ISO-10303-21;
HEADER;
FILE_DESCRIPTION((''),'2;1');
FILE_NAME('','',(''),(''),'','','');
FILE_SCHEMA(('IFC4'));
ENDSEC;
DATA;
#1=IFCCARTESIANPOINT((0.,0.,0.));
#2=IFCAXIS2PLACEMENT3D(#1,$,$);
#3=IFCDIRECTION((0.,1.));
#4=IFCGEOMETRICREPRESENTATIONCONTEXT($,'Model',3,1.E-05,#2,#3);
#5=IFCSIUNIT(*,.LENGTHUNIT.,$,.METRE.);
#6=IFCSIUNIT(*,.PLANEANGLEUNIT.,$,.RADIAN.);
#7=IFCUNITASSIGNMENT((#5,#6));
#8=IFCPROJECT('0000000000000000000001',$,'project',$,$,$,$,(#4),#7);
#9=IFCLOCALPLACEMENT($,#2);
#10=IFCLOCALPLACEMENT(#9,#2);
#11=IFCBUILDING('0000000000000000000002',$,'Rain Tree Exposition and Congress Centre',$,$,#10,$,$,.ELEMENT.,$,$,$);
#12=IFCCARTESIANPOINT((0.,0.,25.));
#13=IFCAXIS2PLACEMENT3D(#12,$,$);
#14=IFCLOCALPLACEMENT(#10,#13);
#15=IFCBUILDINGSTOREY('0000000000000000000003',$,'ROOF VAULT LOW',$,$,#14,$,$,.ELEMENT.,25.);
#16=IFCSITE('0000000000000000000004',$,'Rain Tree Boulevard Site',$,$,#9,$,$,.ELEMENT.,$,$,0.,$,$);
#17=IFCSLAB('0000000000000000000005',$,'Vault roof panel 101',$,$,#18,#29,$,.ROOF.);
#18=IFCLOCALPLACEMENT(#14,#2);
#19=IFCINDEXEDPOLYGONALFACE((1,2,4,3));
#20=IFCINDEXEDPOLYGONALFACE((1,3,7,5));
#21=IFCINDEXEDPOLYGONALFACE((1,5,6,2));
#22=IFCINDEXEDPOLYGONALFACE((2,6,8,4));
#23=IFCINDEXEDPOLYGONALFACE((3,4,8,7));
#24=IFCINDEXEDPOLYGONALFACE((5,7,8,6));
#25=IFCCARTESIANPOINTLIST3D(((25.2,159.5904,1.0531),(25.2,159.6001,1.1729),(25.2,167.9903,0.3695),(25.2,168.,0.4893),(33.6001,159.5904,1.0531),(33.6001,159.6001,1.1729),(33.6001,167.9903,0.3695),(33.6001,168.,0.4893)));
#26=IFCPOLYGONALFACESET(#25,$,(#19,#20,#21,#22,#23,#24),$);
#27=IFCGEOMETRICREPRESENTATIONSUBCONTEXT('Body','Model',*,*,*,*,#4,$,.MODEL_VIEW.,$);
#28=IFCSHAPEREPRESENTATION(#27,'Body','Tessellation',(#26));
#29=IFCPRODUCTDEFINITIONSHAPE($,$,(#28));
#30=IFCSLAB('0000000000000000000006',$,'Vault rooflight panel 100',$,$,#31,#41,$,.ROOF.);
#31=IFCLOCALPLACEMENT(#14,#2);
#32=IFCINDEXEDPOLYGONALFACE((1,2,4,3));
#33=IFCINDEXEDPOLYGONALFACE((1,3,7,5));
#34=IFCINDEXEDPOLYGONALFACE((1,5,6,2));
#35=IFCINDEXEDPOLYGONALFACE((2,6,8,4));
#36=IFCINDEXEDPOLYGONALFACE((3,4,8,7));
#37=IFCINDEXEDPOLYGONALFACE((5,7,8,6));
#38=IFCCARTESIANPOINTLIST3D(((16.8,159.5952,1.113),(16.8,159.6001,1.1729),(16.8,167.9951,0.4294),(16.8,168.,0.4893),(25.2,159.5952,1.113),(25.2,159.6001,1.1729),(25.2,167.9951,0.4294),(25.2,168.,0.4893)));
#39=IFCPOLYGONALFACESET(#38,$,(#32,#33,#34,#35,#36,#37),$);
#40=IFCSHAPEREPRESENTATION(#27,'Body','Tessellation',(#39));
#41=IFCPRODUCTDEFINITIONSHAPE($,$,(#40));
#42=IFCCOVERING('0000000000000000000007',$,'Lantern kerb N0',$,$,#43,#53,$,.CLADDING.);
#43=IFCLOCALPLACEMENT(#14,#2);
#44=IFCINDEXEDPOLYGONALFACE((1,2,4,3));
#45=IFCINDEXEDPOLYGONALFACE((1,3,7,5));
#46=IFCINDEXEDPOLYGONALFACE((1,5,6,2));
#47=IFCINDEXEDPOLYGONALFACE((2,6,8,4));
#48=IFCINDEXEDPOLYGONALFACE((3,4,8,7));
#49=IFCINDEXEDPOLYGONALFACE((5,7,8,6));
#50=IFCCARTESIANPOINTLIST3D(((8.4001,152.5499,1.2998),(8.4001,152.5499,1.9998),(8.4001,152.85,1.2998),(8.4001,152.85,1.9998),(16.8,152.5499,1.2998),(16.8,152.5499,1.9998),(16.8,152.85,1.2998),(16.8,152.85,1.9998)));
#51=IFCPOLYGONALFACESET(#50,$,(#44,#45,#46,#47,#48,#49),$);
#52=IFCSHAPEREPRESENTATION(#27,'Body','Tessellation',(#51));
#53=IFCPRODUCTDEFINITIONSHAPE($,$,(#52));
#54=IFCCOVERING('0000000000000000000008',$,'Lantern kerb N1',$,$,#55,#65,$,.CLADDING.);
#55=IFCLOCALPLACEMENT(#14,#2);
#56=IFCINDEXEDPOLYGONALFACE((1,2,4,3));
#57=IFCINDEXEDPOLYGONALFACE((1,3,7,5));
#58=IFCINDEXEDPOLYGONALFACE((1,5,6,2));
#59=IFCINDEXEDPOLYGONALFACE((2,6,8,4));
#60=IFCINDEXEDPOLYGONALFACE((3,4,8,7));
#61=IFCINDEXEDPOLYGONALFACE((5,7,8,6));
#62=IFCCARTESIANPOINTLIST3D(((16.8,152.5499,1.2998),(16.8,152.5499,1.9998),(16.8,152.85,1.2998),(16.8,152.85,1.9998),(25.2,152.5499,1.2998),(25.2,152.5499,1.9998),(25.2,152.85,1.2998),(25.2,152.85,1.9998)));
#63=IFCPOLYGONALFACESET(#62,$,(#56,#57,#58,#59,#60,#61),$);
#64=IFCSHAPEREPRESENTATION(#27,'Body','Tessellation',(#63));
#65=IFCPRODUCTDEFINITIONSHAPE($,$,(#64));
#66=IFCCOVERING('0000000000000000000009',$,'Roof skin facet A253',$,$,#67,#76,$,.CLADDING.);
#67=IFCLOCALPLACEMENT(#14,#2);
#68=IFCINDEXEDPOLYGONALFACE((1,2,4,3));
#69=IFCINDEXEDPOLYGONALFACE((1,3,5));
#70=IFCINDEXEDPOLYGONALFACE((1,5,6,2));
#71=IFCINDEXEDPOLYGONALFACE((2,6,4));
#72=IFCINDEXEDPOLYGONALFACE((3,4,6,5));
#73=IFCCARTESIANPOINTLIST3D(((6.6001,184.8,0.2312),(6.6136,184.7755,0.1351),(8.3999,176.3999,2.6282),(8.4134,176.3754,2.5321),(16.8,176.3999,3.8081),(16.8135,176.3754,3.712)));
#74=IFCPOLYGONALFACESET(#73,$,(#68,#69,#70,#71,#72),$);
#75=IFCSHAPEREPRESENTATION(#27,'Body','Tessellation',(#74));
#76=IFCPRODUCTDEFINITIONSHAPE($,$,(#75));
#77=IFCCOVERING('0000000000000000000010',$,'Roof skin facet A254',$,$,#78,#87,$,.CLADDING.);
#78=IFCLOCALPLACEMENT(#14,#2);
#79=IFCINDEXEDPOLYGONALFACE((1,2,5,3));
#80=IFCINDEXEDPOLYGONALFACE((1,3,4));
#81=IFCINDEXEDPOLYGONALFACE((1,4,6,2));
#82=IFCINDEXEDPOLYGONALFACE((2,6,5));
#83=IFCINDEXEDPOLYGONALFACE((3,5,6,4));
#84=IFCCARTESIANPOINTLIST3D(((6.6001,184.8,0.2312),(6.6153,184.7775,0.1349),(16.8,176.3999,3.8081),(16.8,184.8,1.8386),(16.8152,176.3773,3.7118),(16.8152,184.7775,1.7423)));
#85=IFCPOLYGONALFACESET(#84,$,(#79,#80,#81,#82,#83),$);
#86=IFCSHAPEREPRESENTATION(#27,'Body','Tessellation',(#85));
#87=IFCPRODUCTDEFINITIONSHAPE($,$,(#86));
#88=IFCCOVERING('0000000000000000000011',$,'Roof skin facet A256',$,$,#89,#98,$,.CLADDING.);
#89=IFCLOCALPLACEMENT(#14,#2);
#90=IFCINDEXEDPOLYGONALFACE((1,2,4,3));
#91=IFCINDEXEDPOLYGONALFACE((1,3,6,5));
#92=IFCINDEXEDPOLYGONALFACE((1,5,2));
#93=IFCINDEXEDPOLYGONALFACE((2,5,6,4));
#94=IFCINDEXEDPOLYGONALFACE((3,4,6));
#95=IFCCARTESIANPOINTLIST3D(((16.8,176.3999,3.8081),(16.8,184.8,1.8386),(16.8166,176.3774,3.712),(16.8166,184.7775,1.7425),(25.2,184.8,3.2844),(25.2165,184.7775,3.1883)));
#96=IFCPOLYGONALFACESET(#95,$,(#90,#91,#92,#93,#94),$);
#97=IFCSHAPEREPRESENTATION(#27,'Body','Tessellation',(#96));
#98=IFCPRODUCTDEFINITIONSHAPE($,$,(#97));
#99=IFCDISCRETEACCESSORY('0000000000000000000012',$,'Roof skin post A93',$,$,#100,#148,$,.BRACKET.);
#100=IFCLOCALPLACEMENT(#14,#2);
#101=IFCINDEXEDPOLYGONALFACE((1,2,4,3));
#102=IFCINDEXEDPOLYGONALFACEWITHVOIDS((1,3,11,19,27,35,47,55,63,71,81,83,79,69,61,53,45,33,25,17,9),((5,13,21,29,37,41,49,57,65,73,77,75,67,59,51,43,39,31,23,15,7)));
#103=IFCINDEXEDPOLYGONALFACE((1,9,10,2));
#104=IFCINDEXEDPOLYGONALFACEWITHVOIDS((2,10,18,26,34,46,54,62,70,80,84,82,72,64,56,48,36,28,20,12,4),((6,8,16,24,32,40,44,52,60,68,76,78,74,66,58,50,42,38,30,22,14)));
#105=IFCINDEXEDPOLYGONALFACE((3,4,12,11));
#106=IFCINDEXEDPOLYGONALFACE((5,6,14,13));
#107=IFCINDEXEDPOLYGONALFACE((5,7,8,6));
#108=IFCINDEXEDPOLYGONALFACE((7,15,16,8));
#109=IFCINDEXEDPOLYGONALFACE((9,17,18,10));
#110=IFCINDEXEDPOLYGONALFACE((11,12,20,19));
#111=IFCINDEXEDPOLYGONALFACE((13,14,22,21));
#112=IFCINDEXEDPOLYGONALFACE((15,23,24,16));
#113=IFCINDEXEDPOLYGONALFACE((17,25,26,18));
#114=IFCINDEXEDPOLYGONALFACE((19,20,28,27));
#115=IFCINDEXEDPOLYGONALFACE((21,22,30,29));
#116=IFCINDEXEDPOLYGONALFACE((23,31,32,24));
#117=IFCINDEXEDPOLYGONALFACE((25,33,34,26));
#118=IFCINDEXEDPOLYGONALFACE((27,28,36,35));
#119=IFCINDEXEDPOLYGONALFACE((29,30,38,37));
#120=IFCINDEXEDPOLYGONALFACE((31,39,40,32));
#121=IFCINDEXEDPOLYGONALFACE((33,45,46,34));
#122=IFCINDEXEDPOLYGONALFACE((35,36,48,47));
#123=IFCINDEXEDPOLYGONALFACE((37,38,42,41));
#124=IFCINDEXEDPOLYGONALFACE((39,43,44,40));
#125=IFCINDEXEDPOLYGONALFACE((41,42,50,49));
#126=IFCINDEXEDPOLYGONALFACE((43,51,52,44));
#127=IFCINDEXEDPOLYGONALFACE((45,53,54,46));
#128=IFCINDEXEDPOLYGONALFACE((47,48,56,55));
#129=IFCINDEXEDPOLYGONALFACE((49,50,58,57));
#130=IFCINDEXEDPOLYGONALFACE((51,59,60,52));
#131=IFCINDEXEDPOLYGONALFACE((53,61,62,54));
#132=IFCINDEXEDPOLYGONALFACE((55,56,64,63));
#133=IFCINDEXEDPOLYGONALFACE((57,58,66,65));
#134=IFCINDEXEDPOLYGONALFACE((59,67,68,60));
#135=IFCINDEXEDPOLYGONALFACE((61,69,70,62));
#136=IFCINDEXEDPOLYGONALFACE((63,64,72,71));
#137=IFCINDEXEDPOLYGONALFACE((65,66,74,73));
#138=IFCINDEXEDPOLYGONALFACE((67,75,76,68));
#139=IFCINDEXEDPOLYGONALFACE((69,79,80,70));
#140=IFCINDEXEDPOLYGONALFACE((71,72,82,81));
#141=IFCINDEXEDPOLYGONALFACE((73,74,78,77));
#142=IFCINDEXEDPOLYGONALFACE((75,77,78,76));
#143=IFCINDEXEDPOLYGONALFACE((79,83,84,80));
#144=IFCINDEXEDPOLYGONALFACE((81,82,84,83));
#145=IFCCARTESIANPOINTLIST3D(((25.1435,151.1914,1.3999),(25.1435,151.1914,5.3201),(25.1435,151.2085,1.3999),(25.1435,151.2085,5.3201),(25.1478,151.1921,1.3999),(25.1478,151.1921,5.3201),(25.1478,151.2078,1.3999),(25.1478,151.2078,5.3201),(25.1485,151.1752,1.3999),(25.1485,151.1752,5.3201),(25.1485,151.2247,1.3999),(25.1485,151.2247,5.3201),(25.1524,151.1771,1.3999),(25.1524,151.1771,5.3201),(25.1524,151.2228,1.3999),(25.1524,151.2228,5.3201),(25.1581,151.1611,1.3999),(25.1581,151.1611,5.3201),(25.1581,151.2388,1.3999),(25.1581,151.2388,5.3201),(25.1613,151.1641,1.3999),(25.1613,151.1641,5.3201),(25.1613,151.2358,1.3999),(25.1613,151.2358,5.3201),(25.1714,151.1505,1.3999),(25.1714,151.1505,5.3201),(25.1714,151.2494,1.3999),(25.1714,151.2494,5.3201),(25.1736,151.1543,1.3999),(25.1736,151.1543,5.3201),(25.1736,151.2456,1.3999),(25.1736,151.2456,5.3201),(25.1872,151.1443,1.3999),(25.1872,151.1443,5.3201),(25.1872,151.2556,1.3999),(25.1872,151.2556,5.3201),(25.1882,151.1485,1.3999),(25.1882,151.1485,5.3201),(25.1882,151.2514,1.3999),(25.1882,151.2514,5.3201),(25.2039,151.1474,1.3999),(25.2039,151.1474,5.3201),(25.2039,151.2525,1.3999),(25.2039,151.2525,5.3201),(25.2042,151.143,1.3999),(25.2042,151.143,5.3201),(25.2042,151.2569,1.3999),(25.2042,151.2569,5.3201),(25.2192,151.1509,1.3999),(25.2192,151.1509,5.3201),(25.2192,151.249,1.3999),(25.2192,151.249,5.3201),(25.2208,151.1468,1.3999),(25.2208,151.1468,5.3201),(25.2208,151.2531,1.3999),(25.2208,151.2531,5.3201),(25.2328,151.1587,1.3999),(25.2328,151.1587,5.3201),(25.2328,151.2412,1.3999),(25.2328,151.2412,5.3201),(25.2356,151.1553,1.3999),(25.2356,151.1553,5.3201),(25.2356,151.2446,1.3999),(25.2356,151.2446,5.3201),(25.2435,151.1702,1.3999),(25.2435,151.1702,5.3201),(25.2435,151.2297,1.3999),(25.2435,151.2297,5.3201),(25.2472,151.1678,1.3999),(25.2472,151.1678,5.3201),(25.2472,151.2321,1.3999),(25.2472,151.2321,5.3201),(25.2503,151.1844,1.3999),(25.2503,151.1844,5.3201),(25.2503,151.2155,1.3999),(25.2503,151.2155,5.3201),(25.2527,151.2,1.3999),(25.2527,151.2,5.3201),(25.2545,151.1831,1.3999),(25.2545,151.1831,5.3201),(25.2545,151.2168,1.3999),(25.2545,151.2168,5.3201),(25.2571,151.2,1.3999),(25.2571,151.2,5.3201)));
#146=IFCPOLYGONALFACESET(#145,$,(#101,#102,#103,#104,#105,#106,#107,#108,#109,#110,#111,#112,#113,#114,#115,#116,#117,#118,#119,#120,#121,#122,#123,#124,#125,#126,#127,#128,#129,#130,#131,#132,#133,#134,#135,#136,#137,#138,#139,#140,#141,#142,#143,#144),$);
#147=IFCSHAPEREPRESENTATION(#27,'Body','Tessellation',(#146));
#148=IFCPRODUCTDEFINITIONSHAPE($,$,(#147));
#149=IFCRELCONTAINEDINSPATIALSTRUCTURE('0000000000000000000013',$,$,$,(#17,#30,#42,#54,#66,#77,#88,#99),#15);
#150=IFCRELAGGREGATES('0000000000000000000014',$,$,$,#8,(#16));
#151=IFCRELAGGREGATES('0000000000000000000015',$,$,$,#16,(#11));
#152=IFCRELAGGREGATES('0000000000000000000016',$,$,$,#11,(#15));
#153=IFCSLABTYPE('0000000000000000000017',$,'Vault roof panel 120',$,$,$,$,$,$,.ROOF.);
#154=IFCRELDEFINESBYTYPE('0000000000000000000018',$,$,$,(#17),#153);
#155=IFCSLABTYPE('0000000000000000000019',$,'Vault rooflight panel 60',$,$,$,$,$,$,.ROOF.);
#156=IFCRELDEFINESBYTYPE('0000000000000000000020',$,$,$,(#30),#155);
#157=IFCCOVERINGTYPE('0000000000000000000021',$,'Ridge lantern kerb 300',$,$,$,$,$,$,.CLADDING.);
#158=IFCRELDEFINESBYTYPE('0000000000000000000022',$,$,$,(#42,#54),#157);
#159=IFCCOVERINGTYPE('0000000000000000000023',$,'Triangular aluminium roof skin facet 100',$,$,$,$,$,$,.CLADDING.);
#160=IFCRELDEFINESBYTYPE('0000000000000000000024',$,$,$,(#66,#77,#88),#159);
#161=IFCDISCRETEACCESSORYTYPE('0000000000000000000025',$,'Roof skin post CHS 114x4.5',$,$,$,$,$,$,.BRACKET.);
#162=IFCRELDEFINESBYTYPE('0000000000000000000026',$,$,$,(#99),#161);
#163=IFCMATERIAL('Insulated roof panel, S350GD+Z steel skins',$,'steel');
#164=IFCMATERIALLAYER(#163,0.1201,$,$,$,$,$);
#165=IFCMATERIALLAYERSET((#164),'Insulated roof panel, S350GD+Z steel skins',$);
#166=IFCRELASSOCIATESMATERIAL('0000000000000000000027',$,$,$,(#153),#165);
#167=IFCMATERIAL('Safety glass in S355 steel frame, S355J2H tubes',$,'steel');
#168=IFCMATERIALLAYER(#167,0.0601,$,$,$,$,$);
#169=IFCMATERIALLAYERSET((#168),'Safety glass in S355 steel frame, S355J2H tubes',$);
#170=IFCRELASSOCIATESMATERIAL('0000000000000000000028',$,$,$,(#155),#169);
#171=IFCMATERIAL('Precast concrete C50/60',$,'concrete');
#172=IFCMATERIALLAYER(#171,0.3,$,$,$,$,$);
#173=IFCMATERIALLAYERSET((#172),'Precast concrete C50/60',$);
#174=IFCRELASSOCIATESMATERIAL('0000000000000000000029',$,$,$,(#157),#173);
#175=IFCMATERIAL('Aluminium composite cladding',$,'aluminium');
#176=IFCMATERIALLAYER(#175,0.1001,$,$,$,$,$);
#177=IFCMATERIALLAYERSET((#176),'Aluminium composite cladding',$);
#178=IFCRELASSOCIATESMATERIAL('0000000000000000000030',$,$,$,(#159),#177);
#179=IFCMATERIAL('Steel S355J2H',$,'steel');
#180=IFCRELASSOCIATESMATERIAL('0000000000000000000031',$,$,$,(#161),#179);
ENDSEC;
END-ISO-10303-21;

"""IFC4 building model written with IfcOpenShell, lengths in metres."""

from ifc_helpers import new_model, si_unit, direction, frame, origin, origin_2d, place, context, subcontext, project, spatial, polyline, rectangle, hollow_circle, outline, extrude, material, layer, layer_set, material_profile, profile_set, type_object, element, save


model = new_model("IFC4")

# Units and contexts
model_context = context("Model", 3, precision=1e-05, world=origin(), true_north=direction((0.0, 1.0)))
body_context = subcontext(model_context, "Body", "Model", "MODEL_VIEW")
ifc_project = project(units=[si_unit("LENGTHUNIT", "METRE"), si_unit("PLANEANGLEUNIT", "RADIAN")], contexts=[model_context])

# Site, building, storey
site_placement = place(None, origin())
site = spatial("IfcSite", under=ifc_project, at=site_placement, Name="Rain Tree Boulevard Site", CompositionType="ELEMENT", RefElevation=0.0)
building_placement = place(site_placement, origin())
building = spatial("IfcBuilding", under=site, at=building_placement, Name="Rain Tree Exposition and Congress Centre", CompositionType="ELEMENT")
storey_placement = place(building_placement, frame((0.0, 0.0, 25.0)))
storey = spatial("IfcBuildingStorey", under=building, at=storey_placement, Name="ROOF VAULT LOW", CompositionType="ELEMENT", Elevation=25.0)

# Slabs
ifc_material_1 = material(Name="Insulated roof panel, S350GD+Z steel skins", Category="steel")
ifc_layer_1 = layer(ifc_material_1, 0.1201)
ifc_layer_set_1 = layer_set([ifc_layer_1], Name="Insulated roof panel, S350GD+Z steel skins")
slab_type_1 = type_object("IfcSlabType", Name="Vault roof panel 120", PredefinedType="ROOF", material=ifc_layer_set_1)
for number, where, z_axis, x_axis, name in (
    (1, (25.2, 159.6001, 1.1729), (0.0, 0.081113, 0.996705), (1.0, 0.0, 0.0), "Vault roof panel 101"),
):
    element("IfcSlab", number, at=place(storey_placement, frame(where, z_axis=z_axis, x_axis=x_axis)), inside=storey, type_object=slab_type_1, Name=name, PredefinedType="ROOF", context=body_context, shape_type="SweptSolid", body=[
        extrude(outline(polyline([(0.0, 0.0), (8.4001, 0.0), (8.4001, 8.4277), (0.0, 8.4277), (0.0, 0.0)])), origin(), (0.0, 0.0, -1.0), 0.1201),
    ])
ifc_material_2 = material(Name="Safety glass in S355 steel frame, S355J2H tubes", Category="steel")
ifc_layer_2 = layer(ifc_material_2, 0.0601)
ifc_layer_set_2 = layer_set([ifc_layer_2], Name="Safety glass in S355 steel frame, S355J2H tubes")
slab_type_2 = type_object("IfcSlabType", Name="Vault rooflight panel 60", PredefinedType="ROOF", material=ifc_layer_set_2)
slab_1_placement = place(storey_placement, frame((16.8, 159.6001, 1.1729), z_axis=(0.0, 0.081113, 0.996705), x_axis=(1.0, 0.0, 0.0)))
element("IfcSlab", 2, at=slab_1_placement, inside=storey, type_object=slab_type_2, Name="Vault rooflight panel 100", PredefinedType="ROOF", context=body_context, shape_type="SweptSolid", body=[
    extrude(outline(polyline([(0.0, 0.0), (8.3999, 0.0), (8.3999, 8.4277), (0.0, 8.4277), (0.0, 0.0)])), origin(), (0.0, 0.0, -1.0), 0.0601),
])

# Coverings
ifc_material_3 = material(Name="Precast concrete C50/60", Category="concrete")
ifc_layer_3 = layer(ifc_material_3, 0.3)
ifc_layer_set_3 = layer_set([ifc_layer_3], Name="Precast concrete C50/60")
covering_type_1 = type_object("IfcCoveringType", Name="Ridge lantern kerb 300", PredefinedType="CLADDING", material=ifc_layer_set_3)
for number, where, z_axis, x_axis, name in (
    (3, (12.6001, 152.7, 1.2998), (0.0, 0.0, 1.0), (1.0, 0.0, 0.0), "Lantern kerb N0"),
    (4, (21.0, 152.7, 1.2998), (0.0, 0.0, 1.0), (1.0, 0.0, 0.0), "Lantern kerb N1"),
):
    element("IfcCovering", number, at=place(storey_placement, frame(where, z_axis=z_axis, x_axis=x_axis)), inside=storey, type_object=covering_type_1, Name=name, PredefinedType="CLADDING", context=body_context, shape_type="SweptSolid", body=[
        extrude(rectangle(XDim=8.3999, YDim=0.3, at=origin_2d()), origin(), (0.0, 0.0, 1.0), 0.7),
    ])
ifc_material_4 = material(Name="Aluminium composite cladding", Category="aluminium")
ifc_layer_4 = layer(ifc_material_4, 0.1001)
ifc_layer_set_4 = layer_set([ifc_layer_4], Name="Aluminium composite cladding")
covering_type_2 = type_object("IfcCoveringType", Name="Triangular aluminium roof skin facet 100", PredefinedType="CLADDING", material=ifc_layer_set_4)
covering_1_placement = place(storey_placement, frame((8.3999, 176.3999, 2.6282), z_axis=(-0.134858, 0.245064, 0.960082), x_axis=(0.990278, 0.0, 0.1391)))
element("IfcCovering", 5, at=covering_1_placement, inside=storey, type_object=covering_type_2, Name="Roof skin facet A253", PredefinedType="CLADDING", context=body_context, shape_type="SweptSolid", body=[
    extrude(outline(polyline([(0.0, 0.0), (8.4826, 0.0), (-2.1157, 8.6643), (0.0, 0.0)])), origin(), (0.0, 0.0, -1.0), 0.1001),
])
covering_2_placement = place(storey_placement, frame((16.8, 176.3999, 3.8081), z_axis=(-0.151656, 0.225628, 0.962337), x_axis=(0.0, 0.973598, -0.228268)))
element("IfcCovering", 6, at=covering_2_placement, inside=storey, type_object=covering_type_2, Name="Roof skin facet A254", PredefinedType="CLADDING", context=body_context, shape_type="SweptSolid", body=[
    extrude(outline(polyline([(0.0, 0.0), (8.6279, 0.0), (8.9949, 10.3193), (0.0, 0.0)])), origin(), (0.0, 0.0, -1.0), 0.1001),
])
covering_3_placement = place(storey_placement, frame((16.8, 176.3999, 3.8081), z_axis=(-0.165272, 0.225129, 0.960209), x_axis=(0.70641, 0.706431, -0.04404)))
element("IfcCovering", 7, at=covering_3_placement, inside=storey, type_object=covering_type_2, Name="Roof skin facet A256", PredefinedType="CLADDING", context=body_context, shape_type="SweptSolid", body=[
    extrude(outline(polyline([(0.0, 0.0), (11.891, 0.0), (6.0209, 6.1799), (0.0, 0.0)])), origin(), (0.0, 0.0, -1.0), 0.1001),
])

# Discrete accessory
ifc_material_5 = material(Name="Steel S355J2H", Category="steel")
ifc_material_profile_1 = material_profile(ifc_material_5, hollow_circle(Radius=0.0571, WallThickness=0.0044, at=origin_2d()), Name="CHS 114x4.5")
ifc_profile_set_1 = profile_set([ifc_material_profile_1], Name="Steel S355J2H")
discrete_accessory_type = type_object("IfcDiscreteAccessoryType", Name="Roof skin post CHS 114x4.5", PredefinedType="BRACKET", material=ifc_profile_set_1)
discrete_accessory_1_placement = place(storey_placement, frame((25.2, 151.2, 1.3999), z_axis=(0.0, 0.0, 1.0), x_axis=(1.0, 0.0, 0.0)))
element("IfcDiscreteAccessory", 8, at=discrete_accessory_1_placement, inside=storey, type_object=discrete_accessory_type, Name="Roof skin post A93", PredefinedType="BRACKET", context=body_context, shape_type="SweptSolid", body=[
    extrude(hollow_circle(Radius=0.0571, WallThickness=0.0044, at=origin_2d()), origin(), (0.0, 0.0, 1.0), 3.9202),
])

save(model, "model.ifc")
